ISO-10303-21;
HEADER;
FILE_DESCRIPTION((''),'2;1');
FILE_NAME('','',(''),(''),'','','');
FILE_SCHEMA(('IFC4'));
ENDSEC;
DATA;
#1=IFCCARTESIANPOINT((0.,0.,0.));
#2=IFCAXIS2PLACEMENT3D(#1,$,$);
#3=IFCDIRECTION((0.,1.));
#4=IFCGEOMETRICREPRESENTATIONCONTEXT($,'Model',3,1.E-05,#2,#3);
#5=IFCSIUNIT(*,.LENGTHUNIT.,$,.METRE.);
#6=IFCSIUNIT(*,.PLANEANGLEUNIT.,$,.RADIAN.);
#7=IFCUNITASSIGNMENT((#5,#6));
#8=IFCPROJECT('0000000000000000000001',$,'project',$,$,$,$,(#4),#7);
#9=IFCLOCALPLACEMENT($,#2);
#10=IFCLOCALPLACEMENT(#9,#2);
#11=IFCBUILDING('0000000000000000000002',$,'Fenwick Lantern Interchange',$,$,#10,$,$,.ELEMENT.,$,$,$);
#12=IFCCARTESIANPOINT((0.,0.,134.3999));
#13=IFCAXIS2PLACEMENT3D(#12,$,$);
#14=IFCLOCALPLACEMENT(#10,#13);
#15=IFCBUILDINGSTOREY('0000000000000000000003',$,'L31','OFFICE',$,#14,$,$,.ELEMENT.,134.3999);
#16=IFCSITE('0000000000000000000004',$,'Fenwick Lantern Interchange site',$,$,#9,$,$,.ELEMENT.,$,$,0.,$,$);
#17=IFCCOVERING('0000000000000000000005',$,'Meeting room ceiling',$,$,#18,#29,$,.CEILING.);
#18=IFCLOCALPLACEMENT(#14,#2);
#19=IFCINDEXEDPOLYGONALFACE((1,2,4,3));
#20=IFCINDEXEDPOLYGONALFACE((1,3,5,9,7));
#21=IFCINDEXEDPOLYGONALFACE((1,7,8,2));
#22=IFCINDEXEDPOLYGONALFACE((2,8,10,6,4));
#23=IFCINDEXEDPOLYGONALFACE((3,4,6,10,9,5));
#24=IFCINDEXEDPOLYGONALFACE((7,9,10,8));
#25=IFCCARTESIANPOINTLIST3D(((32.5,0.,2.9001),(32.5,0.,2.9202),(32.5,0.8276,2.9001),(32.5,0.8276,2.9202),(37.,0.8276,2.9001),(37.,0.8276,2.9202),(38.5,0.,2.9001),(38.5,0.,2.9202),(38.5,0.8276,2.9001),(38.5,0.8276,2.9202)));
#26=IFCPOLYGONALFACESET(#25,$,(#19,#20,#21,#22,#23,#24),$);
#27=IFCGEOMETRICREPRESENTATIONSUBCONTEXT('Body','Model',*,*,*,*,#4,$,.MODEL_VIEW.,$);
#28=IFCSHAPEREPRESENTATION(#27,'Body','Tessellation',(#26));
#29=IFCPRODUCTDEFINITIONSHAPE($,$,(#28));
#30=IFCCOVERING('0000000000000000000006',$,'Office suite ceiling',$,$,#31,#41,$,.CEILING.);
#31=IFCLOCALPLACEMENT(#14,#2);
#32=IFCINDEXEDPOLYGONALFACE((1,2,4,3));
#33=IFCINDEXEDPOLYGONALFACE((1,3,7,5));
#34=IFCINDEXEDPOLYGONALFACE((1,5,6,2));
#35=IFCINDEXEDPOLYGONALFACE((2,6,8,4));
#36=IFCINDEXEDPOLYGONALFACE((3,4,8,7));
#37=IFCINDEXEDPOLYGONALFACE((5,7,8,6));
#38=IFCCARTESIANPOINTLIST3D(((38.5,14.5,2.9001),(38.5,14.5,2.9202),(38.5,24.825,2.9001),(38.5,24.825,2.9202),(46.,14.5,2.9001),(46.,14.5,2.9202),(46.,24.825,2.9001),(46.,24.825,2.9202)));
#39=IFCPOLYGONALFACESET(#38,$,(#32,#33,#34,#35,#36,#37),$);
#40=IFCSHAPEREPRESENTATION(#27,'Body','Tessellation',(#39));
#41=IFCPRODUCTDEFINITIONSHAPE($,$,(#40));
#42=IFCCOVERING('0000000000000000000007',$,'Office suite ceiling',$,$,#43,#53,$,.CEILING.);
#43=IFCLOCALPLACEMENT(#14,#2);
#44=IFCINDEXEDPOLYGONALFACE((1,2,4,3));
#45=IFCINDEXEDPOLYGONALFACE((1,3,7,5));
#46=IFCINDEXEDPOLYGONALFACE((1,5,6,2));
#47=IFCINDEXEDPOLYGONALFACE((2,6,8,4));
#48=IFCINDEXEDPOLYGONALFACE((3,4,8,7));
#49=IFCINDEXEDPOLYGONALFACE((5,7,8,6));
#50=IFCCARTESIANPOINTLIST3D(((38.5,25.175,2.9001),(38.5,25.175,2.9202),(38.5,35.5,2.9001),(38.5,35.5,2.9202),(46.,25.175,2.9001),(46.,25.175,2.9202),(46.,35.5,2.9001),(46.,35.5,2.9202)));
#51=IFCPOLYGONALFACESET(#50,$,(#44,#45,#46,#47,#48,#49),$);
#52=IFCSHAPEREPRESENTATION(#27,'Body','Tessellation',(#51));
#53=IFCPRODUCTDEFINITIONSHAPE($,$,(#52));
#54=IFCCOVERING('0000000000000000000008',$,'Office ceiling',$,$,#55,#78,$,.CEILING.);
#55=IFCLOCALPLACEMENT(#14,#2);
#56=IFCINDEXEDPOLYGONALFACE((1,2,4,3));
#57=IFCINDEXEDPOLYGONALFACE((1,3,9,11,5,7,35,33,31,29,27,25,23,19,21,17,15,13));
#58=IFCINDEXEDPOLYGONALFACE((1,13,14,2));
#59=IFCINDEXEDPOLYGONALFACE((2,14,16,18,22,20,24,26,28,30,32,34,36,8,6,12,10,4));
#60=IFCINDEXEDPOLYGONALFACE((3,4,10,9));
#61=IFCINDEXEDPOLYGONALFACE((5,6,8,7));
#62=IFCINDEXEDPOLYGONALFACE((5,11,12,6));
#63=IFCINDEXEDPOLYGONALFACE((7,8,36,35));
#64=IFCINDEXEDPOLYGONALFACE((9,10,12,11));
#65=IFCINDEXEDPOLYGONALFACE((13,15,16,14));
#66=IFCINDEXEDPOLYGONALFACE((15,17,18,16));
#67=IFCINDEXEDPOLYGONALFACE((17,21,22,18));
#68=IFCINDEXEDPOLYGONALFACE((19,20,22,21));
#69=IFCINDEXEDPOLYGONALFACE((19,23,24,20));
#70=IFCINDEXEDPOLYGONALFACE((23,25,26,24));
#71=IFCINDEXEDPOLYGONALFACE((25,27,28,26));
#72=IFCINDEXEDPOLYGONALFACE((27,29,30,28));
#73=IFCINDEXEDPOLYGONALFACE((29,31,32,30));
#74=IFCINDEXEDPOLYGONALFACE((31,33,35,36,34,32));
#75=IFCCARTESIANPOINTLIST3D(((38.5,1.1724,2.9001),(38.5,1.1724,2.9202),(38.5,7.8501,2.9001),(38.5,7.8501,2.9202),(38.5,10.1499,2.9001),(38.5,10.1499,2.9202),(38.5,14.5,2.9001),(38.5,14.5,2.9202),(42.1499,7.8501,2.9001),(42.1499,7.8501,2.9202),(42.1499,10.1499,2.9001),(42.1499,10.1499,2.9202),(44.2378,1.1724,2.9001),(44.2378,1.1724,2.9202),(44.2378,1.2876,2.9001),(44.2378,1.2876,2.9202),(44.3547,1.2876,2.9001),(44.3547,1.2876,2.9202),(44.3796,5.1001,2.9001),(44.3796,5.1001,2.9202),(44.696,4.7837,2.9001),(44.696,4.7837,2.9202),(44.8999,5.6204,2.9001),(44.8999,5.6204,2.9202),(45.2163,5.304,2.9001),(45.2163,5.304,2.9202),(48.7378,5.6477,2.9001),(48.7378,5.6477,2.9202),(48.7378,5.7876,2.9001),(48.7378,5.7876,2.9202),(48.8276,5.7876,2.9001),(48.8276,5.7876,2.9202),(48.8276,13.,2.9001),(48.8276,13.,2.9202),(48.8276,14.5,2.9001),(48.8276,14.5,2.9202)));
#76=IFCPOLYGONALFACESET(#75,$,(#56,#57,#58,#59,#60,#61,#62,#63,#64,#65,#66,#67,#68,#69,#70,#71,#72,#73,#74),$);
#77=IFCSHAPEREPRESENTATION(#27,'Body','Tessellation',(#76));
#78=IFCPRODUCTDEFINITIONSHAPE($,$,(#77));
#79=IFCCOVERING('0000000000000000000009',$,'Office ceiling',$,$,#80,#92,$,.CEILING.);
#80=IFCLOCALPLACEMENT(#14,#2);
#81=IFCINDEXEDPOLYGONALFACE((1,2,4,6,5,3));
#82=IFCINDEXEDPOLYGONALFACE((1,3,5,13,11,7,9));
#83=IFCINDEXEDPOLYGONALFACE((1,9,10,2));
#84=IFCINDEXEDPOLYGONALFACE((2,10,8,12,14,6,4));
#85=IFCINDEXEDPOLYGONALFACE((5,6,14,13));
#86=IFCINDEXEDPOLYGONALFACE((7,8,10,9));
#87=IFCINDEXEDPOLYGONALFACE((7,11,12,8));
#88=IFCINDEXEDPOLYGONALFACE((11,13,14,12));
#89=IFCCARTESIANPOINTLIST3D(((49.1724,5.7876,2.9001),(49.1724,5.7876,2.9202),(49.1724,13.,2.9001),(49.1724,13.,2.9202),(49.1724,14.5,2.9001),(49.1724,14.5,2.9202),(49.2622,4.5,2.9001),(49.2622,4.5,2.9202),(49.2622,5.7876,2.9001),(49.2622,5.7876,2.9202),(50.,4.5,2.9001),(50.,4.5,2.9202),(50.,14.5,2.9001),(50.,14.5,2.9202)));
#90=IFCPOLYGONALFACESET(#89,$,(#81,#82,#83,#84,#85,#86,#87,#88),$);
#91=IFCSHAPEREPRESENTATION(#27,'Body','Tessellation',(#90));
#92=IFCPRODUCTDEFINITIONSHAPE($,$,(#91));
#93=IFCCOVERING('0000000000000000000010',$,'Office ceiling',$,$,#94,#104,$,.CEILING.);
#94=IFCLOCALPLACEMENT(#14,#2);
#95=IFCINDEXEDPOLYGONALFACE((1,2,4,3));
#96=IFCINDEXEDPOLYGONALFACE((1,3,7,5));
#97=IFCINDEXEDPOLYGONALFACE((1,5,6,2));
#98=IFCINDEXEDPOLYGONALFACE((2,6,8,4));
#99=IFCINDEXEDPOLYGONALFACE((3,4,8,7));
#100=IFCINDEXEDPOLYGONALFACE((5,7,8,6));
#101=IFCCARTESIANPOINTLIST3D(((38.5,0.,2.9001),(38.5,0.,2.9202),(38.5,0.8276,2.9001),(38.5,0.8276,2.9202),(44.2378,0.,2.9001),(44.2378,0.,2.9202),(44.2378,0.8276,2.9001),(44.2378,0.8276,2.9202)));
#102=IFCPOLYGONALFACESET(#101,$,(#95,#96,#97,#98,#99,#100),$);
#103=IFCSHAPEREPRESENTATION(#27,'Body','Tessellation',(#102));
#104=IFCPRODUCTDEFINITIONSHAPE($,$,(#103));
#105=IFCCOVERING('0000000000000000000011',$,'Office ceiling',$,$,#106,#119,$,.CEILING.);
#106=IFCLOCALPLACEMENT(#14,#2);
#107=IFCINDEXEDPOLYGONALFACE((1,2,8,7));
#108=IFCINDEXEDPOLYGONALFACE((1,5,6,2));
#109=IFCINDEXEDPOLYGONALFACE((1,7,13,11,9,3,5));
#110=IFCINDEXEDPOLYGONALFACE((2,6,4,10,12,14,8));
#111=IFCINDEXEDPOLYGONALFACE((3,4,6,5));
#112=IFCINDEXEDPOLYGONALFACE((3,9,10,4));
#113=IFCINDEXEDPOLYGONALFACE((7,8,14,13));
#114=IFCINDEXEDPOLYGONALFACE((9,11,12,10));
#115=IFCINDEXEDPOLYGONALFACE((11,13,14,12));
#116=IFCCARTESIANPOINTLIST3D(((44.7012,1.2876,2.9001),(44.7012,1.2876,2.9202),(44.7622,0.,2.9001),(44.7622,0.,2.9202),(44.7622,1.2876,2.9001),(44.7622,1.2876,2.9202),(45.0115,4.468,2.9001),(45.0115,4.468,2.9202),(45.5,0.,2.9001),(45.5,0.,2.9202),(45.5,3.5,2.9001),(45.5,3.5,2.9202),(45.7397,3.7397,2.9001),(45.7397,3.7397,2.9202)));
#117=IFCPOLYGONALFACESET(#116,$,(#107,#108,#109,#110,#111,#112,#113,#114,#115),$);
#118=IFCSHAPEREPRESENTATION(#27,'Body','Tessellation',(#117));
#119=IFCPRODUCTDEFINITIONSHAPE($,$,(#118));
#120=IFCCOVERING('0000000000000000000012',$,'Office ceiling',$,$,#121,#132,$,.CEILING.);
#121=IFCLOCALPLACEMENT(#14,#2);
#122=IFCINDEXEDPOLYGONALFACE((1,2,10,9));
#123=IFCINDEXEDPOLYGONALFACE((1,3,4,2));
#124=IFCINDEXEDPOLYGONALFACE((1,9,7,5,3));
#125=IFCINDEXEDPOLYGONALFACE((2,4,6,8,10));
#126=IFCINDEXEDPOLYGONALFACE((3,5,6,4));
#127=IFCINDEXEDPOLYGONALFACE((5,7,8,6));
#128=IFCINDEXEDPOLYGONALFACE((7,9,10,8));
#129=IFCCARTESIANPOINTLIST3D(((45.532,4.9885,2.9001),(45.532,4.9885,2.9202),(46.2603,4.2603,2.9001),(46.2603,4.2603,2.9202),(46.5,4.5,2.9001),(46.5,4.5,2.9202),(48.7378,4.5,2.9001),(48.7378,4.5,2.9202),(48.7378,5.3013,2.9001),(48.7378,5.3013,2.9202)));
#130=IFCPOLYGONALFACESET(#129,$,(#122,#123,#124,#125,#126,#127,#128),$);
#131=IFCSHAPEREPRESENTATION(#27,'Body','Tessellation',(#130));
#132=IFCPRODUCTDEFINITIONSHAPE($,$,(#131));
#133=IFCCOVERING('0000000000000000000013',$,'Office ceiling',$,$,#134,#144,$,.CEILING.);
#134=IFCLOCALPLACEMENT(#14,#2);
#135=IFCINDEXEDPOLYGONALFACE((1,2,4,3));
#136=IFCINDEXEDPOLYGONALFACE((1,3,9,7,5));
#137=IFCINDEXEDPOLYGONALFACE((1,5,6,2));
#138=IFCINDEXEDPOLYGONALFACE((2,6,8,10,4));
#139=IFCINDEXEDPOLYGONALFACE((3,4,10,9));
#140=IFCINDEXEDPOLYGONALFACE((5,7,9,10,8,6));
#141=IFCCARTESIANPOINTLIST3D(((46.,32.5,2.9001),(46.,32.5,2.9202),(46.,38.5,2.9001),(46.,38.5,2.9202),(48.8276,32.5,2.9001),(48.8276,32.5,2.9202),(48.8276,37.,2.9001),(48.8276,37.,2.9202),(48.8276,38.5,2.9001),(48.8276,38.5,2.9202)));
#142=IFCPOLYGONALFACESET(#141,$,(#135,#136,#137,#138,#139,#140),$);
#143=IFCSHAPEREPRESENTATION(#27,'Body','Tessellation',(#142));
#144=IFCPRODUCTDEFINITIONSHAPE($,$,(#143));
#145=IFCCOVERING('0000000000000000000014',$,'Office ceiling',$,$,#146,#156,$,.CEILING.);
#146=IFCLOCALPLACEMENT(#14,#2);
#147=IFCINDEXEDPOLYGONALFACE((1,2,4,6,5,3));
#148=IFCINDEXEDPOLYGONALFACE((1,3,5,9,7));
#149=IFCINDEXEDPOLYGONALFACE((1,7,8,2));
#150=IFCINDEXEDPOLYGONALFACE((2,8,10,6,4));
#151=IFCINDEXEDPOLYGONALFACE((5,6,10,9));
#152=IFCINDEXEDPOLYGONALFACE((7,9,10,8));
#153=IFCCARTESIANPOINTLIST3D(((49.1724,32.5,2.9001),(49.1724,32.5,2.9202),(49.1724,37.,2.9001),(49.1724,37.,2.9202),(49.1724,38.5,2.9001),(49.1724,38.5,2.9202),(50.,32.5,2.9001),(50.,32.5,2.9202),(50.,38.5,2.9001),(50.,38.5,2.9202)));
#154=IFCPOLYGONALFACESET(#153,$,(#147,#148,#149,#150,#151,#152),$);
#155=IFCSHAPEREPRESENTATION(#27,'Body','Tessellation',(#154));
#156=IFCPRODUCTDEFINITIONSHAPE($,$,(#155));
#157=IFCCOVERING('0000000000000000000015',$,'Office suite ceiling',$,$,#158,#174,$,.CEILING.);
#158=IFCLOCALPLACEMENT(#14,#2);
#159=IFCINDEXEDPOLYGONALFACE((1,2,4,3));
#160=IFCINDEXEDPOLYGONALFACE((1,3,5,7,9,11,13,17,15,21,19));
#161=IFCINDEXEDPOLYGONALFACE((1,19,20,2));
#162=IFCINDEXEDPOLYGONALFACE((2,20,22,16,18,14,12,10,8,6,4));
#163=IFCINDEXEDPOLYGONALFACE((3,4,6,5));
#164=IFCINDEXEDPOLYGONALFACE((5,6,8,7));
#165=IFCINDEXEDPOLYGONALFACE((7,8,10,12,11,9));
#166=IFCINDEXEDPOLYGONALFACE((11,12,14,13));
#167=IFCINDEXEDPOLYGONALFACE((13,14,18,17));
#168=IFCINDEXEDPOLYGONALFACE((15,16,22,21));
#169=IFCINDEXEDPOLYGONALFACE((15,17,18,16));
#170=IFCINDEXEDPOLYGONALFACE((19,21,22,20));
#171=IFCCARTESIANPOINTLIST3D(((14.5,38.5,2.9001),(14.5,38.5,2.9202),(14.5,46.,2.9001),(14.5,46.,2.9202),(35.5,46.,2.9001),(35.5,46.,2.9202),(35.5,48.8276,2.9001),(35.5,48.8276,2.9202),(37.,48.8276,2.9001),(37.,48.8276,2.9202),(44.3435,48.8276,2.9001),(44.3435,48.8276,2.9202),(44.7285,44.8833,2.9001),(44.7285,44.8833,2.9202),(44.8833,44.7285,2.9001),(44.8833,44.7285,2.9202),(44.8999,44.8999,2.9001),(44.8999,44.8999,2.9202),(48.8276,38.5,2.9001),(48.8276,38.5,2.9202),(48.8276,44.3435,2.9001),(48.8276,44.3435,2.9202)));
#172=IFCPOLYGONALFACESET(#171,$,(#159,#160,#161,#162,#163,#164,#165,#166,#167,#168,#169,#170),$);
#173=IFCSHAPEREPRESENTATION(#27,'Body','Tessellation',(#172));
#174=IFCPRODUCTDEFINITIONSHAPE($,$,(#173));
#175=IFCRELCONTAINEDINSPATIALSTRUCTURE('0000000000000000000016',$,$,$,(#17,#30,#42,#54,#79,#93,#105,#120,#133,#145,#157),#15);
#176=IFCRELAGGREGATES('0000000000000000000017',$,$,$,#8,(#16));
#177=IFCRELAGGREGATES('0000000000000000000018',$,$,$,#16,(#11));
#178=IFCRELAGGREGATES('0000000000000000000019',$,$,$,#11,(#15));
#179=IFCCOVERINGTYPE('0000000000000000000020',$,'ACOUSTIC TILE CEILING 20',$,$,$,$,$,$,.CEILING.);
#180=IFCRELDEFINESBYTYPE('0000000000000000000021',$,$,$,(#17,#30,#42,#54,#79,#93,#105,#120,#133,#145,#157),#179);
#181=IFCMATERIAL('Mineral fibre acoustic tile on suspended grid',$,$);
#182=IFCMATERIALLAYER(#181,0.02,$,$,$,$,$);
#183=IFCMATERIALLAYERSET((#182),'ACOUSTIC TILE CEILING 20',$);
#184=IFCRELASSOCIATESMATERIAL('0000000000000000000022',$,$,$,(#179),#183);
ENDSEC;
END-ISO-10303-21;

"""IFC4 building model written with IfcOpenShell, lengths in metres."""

from ifc_helpers import new_model, si_unit, direction, frame, origin, place, context, subcontext, project, spatial, polyline, outline, extrude, material, layer, layer_set, type_object, element, save


model = new_model("IFC4")

# Units and contexts
model_context = context("Model", 3, precision=1e-05, world=origin(), true_north=direction((0.0, 1.0)))
body_context = subcontext(model_context, "Body", "Model", "MODEL_VIEW")
ifc_project = project(units=[si_unit("LENGTHUNIT", "METRE"), si_unit("PLANEANGLEUNIT", "RADIAN")], contexts=[model_context])

# Site, building, storey
site_placement = place(None, origin())
site = spatial("IfcSite", under=ifc_project, at=site_placement, Name="Fenwick Lantern Interchange site", CompositionType="ELEMENT", RefElevation=0.0)
building_placement = place(site_placement, origin())
building = spatial("IfcBuilding", under=site, at=building_placement, Name="Fenwick Lantern Interchange", CompositionType="ELEMENT")
storey_placement = place(building_placement, frame((0.0, 0.0, 134.3999)))
storey = spatial("IfcBuildingStorey", under=building, at=storey_placement, Name="L31", Description="OFFICE", CompositionType="ELEMENT", Elevation=134.3999)

# Coverings
ifc_material = material(Name="Mineral fibre acoustic tile on suspended grid")
ifc_layer = layer(ifc_material, 0.02)
ifc_layer_set = layer_set([ifc_layer], Name="ACOUSTIC TILE CEILING 20")
covering_type = type_object("IfcCoveringType", Name="ACOUSTIC TILE CEILING 20", PredefinedType="CEILING", material=ifc_layer_set)
covering_1_placement = place(storey_placement, frame((0.0, 0.0, 2.9001)))
element("IfcCovering", 1, at=covering_1_placement, inside=storey, type_object=covering_type, Name="Meeting room ceiling", PredefinedType="CEILING", context=body_context, shape_type="SweptSolid", body=[
    extrude(outline(polyline([(38.5, 0.0), (38.5, 0.8276), (37.0, 0.8276), (32.5, 0.8276), (32.5, 0.0), (38.5, 0.0)])), origin(), (0.0, 0.0, 1.0), 0.02),
])
covering_2_placement = place(storey_placement, frame((0.0, 0.0, 2.9001)))
element("IfcCovering", 2, at=covering_2_placement, inside=storey, type_object=covering_type, Name="Office suite ceiling", PredefinedType="CEILING", context=body_context, shape_type="SweptSolid", body=[
    extrude(outline(polyline([(38.5, 24.825), (38.5, 14.5), (46.0, 14.5), (46.0, 24.825), (38.5, 24.825)])), origin(), (0.0, 0.0, 1.0), 0.02),
])
covering_3_placement = place(storey_placement, frame((0.0, 0.0, 2.9001)))
element("IfcCovering", 3, at=covering_3_placement, inside=storey, type_object=covering_type, Name="Office suite ceiling", PredefinedType="CEILING", context=body_context, shape_type="SweptSolid", body=[
    extrude(outline(polyline([(38.5, 35.5), (38.5, 25.175), (46.0, 25.175), (46.0, 35.5), (38.5, 35.5)])), origin(), (0.0, 0.0, 1.0), 0.02),
])
covering_4_placement = place(storey_placement, frame((0.0, 0.0, 2.9001)))
element("IfcCovering", 4, at=covering_4_placement, inside=storey, type_object=covering_type, Name="Office ceiling", PredefinedType="CEILING", context=body_context, shape_type="SweptSolid", body=[
    extrude(outline(polyline([(44.2378, 1.2876), (44.3547, 1.2876), (44.696, 4.7837), (44.3796, 5.1001), (44.8999, 5.6204), (45.2163, 5.304), (48.7378, 5.6477), (48.7378, 5.7876), (48.8276, 5.7876), (48.8276, 13.0), (48.8276, 14.5), (38.5, 14.5), (38.5, 10.1499), (42.1499, 10.1499), (42.1499, 7.8501), (38.5, 7.8501), (38.5, 1.1724), (44.2378, 1.1724), (44.2378, 1.2876)])), origin(), (0.0, 0.0, 1.0), 0.02),
])
covering_5_placement = place(storey_placement, frame((0.0, 0.0, 2.9001)))
element("IfcCovering", 5, at=covering_5_placement, inside=storey, type_object=covering_type, Name="Office ceiling", PredefinedType="CEILING", context=body_context, shape_type="SweptSolid", body=[
    extrude(outline(polyline([(50.0, 14.5), (49.1724, 14.5), (49.1724, 13.0), (49.1724, 5.7876), (49.2622, 5.7876), (49.2622, 4.5), (50.0, 4.5), (50.0, 14.5)])), origin(), (0.0, 0.0, 1.0), 0.02),
])
covering_6_placement = place(storey_placement, frame((0.0, 0.0, 2.9001)))
element("IfcCovering", 6, at=covering_6_placement, inside=storey, type_object=covering_type, Name="Office ceiling", PredefinedType="CEILING", context=body_context, shape_type="SweptSolid", body=[
    extrude(outline(polyline([(44.2378, 0.0), (44.2378, 0.8276), (38.5, 0.8276), (38.5, 0.0), (44.2378, 0.0)])), origin(), (0.0, 0.0, 1.0), 0.02),
])
covering_7_placement = place(storey_placement, frame((0.0, 0.0, 2.9001)))
element("IfcCovering", 7, at=covering_7_placement, inside=storey, type_object=covering_type, Name="Office ceiling", PredefinedType="CEILING", context=body_context, shape_type="SweptSolid", body=[
    extrude(outline(polyline([(44.7622, 1.2876), (44.7622, 0.0), (45.5, 0.0), (45.5, 3.5), (45.7397, 3.7397), (45.0115, 4.468), (44.7012, 1.2876), (44.7622, 1.2876)])), origin(), (0.0, 0.0, 1.0), 0.02),
])
covering_8_placement = place(storey_placement, frame((0.0, 0.0, 2.9001)))
element("IfcCovering", 8, at=covering_8_placement, inside=storey, type_object=covering_type, Name="Office ceiling", PredefinedType="CEILING", context=body_context, shape_type="SweptSolid", body=[
    extrude(outline(polyline([(48.7378, 4.5), (48.7378, 5.3013), (45.532, 4.9885), (46.2603, 4.2603), (46.5, 4.5), (48.7378, 4.5)])), origin(), (0.0, 0.0, 1.0), 0.02),
])
covering_9_placement = place(storey_placement, frame((0.0, 0.0, 2.9001)))
element("IfcCovering", 9, at=covering_9_placement, inside=storey, type_object=covering_type, Name="Office ceiling", PredefinedType="CEILING", context=body_context, shape_type="SweptSolid", body=[
    extrude(outline(polyline([(46.0, 32.5), (48.8276, 32.5), (48.8276, 37.0), (48.8276, 38.5), (46.0, 38.5), (46.0, 32.5)])), origin(), (0.0, 0.0, 1.0), 0.02),
])
covering_10_placement = place(storey_placement, frame((0.0, 0.0, 2.9001)))
element("IfcCovering", 10, at=covering_10_placement, inside=storey, type_object=covering_type, Name="Office ceiling", PredefinedType="CEILING", context=body_context, shape_type="SweptSolid", body=[
    extrude(outline(polyline([(50.0, 38.5), (49.1724, 38.5), (49.1724, 37.0), (49.1724, 32.5), (50.0, 32.5), (50.0, 38.5)])), origin(), (0.0, 0.0, 1.0), 0.02),
])
covering_11_placement = place(storey_placement, frame((0.0, 0.0, 2.9001)))
element("IfcCovering", 11, at=covering_11_placement, inside=storey, type_object=covering_type, Name="Office suite ceiling", PredefinedType="CEILING", context=body_context, shape_type="SweptSolid", body=[
    extrude(outline(polyline([(14.5, 38.5), (48.8276, 38.5), (48.8276, 44.3435), (44.8833, 44.7285), (44.8999, 44.8999), (44.7285, 44.8833), (44.3435, 48.8276), (37.0, 48.8276), (35.5, 48.8276), (35.5, 46.0), (14.5, 46.0), (14.5, 38.5)])), origin(), (0.0, 0.0, 1.0), 0.02),
])

save(model, "model.ifc")
